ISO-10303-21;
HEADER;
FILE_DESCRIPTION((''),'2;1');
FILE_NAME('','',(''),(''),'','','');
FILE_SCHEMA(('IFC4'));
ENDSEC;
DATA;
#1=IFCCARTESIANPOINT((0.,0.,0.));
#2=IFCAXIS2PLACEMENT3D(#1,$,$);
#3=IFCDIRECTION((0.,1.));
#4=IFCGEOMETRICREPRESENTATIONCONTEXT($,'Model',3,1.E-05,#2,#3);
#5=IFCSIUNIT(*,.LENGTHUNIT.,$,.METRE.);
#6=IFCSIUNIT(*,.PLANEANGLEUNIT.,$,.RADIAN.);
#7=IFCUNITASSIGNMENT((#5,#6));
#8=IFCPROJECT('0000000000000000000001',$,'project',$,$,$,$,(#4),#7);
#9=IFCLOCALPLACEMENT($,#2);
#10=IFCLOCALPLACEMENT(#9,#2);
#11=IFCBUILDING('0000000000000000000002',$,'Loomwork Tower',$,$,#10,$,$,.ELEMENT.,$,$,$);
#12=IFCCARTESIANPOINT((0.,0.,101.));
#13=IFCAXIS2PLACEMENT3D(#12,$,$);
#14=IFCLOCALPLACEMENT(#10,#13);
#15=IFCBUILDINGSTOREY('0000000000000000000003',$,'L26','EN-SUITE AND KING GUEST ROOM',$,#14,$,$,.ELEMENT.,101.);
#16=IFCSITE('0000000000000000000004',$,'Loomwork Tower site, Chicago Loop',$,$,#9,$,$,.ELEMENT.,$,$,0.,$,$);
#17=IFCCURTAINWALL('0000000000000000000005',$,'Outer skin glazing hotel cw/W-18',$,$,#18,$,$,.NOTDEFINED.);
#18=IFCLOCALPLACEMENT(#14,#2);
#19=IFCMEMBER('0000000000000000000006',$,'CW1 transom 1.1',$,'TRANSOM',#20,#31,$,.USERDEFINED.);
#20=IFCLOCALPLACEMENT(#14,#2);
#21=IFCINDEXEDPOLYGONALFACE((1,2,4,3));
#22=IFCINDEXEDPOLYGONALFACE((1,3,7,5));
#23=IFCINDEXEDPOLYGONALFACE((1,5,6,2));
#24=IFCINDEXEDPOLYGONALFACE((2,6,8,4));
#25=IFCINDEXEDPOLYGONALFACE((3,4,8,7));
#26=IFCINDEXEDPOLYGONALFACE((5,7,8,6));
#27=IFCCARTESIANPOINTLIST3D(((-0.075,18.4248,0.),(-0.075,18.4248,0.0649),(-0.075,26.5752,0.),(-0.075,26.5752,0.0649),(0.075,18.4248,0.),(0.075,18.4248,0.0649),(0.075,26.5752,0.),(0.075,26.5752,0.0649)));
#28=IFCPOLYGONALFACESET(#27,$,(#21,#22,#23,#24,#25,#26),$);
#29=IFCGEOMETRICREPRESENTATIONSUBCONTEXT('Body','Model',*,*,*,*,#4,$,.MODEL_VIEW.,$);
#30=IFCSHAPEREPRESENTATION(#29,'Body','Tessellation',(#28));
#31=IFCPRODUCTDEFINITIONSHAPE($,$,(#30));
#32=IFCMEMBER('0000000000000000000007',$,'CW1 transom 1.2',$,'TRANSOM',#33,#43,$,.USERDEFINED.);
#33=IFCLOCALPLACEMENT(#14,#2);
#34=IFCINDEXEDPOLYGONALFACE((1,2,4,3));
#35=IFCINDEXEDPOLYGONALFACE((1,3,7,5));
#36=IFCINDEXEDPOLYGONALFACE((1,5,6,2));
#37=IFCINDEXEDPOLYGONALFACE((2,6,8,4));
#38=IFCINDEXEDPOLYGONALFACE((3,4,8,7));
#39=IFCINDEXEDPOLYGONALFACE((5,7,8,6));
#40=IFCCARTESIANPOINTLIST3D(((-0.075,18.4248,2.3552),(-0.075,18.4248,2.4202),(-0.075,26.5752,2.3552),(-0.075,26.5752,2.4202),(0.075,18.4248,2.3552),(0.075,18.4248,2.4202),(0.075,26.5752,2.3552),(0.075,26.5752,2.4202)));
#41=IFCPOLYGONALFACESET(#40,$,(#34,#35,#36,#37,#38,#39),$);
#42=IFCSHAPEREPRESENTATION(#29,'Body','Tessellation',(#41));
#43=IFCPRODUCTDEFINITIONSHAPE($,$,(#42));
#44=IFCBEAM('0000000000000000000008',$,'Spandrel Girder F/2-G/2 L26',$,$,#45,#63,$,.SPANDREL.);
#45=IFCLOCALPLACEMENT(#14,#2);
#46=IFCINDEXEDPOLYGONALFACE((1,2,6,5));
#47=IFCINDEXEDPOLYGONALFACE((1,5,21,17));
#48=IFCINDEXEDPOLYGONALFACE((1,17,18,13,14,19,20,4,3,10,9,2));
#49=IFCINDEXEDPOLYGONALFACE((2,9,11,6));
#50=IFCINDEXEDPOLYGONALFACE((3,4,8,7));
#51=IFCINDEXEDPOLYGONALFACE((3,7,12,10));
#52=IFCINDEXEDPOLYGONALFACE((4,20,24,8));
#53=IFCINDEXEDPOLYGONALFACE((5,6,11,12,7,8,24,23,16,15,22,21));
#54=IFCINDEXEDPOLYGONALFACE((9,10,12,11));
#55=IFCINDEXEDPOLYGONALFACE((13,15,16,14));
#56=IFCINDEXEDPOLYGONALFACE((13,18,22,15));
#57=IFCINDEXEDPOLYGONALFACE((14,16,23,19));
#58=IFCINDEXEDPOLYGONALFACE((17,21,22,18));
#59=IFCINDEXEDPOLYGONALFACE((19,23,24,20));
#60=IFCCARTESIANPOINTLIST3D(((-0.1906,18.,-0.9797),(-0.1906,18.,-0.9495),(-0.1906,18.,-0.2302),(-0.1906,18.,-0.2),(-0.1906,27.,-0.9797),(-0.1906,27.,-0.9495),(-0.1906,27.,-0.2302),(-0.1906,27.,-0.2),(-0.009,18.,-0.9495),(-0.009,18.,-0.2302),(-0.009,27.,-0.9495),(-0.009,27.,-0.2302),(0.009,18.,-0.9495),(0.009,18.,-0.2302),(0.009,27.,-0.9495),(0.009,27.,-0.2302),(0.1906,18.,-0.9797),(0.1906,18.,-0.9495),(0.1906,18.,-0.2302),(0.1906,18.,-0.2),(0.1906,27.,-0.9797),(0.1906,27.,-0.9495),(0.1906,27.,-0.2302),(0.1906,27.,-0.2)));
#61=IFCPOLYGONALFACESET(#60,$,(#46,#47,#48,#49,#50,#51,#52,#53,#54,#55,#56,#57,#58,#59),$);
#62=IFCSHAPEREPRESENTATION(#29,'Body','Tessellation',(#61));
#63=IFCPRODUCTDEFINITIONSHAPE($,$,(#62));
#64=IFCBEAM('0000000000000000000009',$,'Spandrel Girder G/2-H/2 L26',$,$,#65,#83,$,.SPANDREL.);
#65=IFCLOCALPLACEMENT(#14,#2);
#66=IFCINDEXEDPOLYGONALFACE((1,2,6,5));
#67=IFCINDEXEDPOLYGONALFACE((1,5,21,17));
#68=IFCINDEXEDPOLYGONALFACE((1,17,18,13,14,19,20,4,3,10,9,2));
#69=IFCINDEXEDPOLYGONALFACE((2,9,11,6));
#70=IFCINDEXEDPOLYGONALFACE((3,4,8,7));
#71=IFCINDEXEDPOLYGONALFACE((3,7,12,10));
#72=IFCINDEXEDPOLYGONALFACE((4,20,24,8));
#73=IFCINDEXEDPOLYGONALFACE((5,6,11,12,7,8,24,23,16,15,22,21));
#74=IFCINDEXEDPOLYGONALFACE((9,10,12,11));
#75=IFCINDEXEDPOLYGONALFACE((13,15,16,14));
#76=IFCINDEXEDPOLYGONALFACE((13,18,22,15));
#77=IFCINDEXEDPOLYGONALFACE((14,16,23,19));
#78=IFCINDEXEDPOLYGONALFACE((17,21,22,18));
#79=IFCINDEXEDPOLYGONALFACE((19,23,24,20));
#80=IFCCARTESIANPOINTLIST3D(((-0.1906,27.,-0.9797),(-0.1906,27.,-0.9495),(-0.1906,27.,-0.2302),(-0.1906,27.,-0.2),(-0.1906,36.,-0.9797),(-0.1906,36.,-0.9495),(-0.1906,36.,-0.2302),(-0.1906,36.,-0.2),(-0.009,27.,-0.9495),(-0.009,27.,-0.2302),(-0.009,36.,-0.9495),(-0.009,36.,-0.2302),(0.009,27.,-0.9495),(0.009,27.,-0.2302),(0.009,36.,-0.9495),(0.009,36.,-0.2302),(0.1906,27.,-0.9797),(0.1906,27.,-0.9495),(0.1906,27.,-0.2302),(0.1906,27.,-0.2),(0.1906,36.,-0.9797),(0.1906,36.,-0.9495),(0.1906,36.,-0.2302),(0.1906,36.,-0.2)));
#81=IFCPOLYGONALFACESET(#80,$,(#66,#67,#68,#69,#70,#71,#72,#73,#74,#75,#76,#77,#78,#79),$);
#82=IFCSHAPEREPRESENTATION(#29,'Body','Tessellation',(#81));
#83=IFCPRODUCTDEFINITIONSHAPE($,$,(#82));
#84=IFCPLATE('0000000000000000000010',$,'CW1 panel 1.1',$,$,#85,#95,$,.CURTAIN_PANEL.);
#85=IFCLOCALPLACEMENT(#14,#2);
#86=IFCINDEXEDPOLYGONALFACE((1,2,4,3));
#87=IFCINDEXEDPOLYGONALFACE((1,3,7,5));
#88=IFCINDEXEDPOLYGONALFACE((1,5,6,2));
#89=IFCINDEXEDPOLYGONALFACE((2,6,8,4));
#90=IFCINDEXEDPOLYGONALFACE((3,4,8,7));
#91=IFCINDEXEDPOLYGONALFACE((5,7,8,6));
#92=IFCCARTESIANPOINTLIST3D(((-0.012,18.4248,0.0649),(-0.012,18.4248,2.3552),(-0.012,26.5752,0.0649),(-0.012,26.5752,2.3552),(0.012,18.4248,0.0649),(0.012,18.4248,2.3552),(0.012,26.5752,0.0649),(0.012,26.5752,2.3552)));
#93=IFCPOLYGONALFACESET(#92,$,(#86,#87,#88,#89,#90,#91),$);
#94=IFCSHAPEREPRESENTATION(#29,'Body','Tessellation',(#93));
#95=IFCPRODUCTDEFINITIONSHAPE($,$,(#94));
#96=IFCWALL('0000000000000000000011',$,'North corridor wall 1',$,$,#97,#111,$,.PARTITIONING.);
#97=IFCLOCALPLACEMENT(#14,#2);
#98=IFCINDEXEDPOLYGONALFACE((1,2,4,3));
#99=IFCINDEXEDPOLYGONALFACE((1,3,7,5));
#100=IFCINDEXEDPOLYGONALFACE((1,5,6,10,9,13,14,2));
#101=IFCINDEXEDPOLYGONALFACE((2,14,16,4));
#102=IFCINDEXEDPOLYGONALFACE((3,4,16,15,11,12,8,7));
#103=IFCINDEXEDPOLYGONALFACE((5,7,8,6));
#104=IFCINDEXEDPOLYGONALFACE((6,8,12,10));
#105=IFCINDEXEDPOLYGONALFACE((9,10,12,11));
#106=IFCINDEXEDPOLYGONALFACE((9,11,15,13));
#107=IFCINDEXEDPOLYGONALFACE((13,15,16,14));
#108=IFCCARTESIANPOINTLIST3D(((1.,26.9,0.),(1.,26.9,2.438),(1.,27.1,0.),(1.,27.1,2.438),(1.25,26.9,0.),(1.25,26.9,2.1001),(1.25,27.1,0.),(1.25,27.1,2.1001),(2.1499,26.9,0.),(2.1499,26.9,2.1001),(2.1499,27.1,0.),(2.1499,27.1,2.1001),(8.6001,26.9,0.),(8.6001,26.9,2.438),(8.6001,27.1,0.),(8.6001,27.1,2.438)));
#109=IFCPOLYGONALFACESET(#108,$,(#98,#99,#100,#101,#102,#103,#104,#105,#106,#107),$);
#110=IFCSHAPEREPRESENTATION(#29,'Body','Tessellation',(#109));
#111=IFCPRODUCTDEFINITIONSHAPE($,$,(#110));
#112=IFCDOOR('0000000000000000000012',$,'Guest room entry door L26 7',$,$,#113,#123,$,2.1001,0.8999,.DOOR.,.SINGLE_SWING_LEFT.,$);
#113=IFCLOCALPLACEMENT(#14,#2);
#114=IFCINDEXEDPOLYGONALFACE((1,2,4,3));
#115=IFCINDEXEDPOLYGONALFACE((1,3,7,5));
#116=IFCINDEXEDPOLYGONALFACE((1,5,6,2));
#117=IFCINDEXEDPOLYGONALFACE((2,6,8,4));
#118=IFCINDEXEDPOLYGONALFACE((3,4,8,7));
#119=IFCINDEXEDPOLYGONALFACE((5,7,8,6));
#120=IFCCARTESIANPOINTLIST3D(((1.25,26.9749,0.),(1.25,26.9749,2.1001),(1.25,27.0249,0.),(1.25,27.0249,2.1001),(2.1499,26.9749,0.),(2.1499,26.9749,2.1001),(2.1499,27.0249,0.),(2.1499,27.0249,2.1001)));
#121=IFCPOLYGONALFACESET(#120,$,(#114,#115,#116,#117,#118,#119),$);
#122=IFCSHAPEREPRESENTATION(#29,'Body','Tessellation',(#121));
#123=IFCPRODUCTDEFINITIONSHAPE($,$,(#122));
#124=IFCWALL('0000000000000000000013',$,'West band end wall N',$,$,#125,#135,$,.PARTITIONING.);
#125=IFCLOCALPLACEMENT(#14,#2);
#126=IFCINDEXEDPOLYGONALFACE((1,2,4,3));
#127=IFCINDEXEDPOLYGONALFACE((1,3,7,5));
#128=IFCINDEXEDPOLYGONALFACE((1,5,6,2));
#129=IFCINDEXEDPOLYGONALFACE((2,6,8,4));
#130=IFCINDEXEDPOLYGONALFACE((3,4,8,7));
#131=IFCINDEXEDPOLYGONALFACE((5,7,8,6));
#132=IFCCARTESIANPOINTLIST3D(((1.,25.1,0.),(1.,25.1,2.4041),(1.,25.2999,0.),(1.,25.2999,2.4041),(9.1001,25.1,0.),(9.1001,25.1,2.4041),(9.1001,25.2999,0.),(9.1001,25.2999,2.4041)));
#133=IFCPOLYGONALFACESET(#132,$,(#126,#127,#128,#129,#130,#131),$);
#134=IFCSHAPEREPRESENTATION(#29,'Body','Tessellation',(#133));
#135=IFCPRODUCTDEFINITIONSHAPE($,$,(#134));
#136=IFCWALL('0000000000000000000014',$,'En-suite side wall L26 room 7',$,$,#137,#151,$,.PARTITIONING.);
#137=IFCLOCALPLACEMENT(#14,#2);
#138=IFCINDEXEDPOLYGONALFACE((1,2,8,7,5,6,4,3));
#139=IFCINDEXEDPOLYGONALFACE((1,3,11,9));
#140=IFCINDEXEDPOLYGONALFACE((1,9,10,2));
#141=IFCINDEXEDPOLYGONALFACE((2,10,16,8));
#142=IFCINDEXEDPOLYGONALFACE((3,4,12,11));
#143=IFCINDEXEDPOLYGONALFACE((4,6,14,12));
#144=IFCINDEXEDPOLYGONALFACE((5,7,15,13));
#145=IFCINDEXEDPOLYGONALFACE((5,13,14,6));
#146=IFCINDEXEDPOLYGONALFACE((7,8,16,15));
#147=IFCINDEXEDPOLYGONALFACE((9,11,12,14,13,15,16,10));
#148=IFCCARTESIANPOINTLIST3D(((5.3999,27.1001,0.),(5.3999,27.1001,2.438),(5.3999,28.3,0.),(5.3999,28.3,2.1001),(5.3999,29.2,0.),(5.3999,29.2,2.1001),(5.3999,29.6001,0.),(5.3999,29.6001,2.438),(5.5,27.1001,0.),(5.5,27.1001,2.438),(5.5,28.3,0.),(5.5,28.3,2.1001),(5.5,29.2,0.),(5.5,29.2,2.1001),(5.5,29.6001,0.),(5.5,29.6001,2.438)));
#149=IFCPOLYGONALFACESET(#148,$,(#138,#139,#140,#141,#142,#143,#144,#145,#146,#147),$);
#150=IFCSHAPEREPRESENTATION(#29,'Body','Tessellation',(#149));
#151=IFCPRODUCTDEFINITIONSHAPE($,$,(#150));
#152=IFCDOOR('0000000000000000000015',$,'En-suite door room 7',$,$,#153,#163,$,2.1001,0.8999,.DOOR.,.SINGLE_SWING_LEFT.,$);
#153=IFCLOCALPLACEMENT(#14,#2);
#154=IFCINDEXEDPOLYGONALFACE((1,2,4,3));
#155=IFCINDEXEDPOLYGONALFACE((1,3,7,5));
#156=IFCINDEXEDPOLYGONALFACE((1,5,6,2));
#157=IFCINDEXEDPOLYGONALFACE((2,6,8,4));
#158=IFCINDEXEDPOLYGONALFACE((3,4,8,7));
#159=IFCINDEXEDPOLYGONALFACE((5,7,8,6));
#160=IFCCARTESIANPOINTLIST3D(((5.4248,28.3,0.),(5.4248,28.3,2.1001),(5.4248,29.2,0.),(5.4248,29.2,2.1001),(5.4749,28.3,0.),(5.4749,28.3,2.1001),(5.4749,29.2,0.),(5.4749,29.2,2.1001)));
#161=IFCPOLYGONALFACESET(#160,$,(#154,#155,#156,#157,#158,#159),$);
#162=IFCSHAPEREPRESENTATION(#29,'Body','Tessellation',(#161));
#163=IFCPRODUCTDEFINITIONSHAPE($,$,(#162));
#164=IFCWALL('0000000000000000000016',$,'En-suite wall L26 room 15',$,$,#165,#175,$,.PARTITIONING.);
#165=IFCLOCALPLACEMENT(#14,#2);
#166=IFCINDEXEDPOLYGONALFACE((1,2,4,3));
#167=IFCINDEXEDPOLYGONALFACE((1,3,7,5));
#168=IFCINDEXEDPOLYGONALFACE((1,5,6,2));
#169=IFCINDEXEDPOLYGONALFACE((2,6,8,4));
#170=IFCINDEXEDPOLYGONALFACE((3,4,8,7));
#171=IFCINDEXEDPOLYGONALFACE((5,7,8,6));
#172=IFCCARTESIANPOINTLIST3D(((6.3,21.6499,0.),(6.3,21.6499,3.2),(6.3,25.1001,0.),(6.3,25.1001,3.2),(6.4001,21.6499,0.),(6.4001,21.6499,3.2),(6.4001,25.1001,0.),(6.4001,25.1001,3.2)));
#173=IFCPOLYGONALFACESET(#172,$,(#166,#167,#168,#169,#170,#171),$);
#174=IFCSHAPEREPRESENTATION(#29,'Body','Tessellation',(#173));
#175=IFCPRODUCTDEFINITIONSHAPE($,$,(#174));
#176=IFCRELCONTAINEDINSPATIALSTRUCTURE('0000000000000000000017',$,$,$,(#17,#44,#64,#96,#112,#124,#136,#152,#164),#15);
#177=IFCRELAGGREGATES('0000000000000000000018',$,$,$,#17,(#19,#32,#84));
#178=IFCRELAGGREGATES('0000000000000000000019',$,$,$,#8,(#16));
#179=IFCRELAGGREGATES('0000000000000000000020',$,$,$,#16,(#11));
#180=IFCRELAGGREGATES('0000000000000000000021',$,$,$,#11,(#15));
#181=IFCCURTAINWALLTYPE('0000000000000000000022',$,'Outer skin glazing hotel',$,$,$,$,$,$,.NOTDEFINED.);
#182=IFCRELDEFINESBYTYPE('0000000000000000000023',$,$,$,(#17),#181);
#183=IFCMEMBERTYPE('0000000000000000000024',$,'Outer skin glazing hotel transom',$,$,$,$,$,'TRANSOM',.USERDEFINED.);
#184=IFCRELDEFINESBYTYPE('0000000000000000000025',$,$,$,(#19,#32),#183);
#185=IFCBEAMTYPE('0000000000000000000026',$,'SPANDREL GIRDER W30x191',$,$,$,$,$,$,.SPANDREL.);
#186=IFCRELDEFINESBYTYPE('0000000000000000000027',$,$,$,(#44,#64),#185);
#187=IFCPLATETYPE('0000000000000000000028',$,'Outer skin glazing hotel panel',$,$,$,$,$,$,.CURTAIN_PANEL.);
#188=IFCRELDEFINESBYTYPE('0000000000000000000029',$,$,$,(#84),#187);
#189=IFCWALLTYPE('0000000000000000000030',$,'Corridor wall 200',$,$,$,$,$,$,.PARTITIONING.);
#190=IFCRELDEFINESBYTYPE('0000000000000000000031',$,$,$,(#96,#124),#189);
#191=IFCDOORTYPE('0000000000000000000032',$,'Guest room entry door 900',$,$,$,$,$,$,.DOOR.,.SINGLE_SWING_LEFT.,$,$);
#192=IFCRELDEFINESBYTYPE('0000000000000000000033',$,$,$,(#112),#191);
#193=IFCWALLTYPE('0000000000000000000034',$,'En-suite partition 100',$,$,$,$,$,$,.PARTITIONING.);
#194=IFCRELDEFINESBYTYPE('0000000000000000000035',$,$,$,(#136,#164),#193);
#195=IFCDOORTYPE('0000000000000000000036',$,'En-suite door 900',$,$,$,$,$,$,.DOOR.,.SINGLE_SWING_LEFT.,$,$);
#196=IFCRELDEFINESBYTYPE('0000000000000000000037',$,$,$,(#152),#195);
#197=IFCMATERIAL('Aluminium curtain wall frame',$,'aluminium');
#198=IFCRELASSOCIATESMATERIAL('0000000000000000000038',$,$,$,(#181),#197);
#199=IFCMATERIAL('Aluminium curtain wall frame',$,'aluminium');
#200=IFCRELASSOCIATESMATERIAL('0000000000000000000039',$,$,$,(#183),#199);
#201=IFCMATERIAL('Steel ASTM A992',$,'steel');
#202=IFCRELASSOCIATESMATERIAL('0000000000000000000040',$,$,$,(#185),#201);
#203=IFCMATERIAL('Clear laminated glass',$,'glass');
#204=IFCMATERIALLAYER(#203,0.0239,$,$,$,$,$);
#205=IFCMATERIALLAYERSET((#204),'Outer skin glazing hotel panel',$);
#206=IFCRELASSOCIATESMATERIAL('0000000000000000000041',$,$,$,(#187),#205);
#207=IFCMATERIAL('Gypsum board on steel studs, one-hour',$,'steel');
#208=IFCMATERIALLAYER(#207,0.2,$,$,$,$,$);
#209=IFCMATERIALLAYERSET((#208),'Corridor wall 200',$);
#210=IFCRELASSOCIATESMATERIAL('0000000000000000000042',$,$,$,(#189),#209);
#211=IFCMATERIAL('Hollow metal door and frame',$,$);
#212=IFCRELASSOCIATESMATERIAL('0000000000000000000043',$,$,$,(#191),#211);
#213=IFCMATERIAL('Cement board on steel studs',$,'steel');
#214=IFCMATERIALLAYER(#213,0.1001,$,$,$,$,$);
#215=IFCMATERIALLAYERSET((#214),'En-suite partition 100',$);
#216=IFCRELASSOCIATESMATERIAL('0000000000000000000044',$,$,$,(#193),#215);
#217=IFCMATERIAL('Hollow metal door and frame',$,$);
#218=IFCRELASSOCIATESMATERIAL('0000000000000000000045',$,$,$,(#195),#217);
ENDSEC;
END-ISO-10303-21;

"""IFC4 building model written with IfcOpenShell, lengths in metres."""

from ifc_helpers import new_model, si_unit, direction, frame, frame_2d, origin, origin_2d, place, context, subcontext, project, spatial, rectangle, i_section, extrude, material, layer, layer_set, material_profile, profile_set, type_object, element, fill, aggregate, save


model = new_model("IFC4")

# Units and contexts
model_context = context("Model", 3, precision=1e-05, world=origin(), true_north=direction((0.0, 1.0)))
body_context = subcontext(model_context, "Body", "Model", "MODEL_VIEW")
ifc_project = project(units=[si_unit("LENGTHUNIT", "METRE"), si_unit("PLANEANGLEUNIT", "RADIAN")], contexts=[model_context])

# Site, building, storey
site_placement = place(None, origin())
site = spatial("IfcSite", under=ifc_project, at=site_placement, Name="Loomwork Tower site, Chicago Loop", CompositionType="ELEMENT", RefElevation=0.0)
building_placement = place(site_placement, origin())
building = spatial("IfcBuilding", under=site, at=building_placement, Name="Loomwork Tower", CompositionType="ELEMENT")
storey_placement = place(building_placement, frame((0.0, 0.0, 101.0)))
storey = spatial("IfcBuildingStorey", under=building, at=storey_placement, Name="L26", Description="EN-SUITE AND KING GUEST ROOM", CompositionType="ELEMENT", Elevation=101.0)

# Shared definitions
ifc_material_1 = material(Name="Aluminium curtain wall frame", Category="aluminium")
curtain_wall_type = type_object("IfcCurtainWallType", Name="Outer skin glazing hotel", PredefinedType="NOTDEFINED", material=ifc_material_1)

# Curtain wall
curtain_wall_1_placement = place(storey_placement, origin())
curtain_wall_1 = element("IfcCurtainWall", 1, at=curtain_wall_1_placement, inside=storey, type_object=curtain_wall_type, Name="Outer skin glazing hotel cw/W-18", PredefinedType="NOTDEFINED")

# Members
ifc_material_2 = material(Name="Aluminium curtain wall frame", Category="aluminium")
ifc_material_profile_1 = material_profile(ifc_material_2, rectangle(XDim=0.1499, YDim=0.0649, at=origin_2d()), Name="AL 65x150")
ifc_profile_set_1 = profile_set([ifc_material_profile_1], Name="Aluminium curtain wall frame")
member_type_1 = type_object("IfcMemberType", Name="Outer skin glazing hotel transom", ElementType="TRANSOM", PredefinedType="USERDEFINED", material=ifc_profile_set_1)
member_1_placement = place(storey_placement, frame((0.0, 26.5752, 0.0325), z_axis=(0.0, -1.0, 0.0), x_axis=(1.0, 0.0, 0.0)))
member_1 = element("IfcMember", 2, at=member_1_placement, type_object=member_type_1, Name="CW1 transom 1.1", ObjectType="TRANSOM", PredefinedType="USERDEFINED", context=body_context, shape_type="SweptSolid", body=[
    extrude(rectangle(XDim=0.1499, YDim=0.0649, at=origin_2d()), origin(), (0.0, 0.0, 1.0), 8.1504),
])
member_2_placement = place(storey_placement, frame((0.0, 26.5752, 2.3877), z_axis=(0.0, -1.0, 0.0), x_axis=(1.0, 0.0, 0.0)))
member_2 = element("IfcMember", 3, at=member_2_placement, type_object=member_type_1, Name="CW1 transom 1.2", ObjectType="TRANSOM", PredefinedType="USERDEFINED", context=body_context, shape_type="SweptSolid", body=[
    extrude(rectangle(XDim=0.1499, YDim=0.0649, at=origin_2d()), origin(), (0.0, 0.0, 1.0), 8.1504),
])

# Beams
ifc_material_3 = material(Name="Steel ASTM A992", Category="steel")
ifc_material_profile_2 = material_profile(ifc_material_3, i_section(OverallWidth=0.3811, OverallDepth=0.7798, WebThickness=0.0181, FlangeThickness=0.0303, at=origin_2d()), Name="W30x191")
ifc_profile_set_2 = profile_set([ifc_material_profile_2], Name="Steel ASTM A992")
beam_type_1 = type_object("IfcBeamType", Name="SPANDREL GIRDER W30x191", PredefinedType="SPANDREL", material=ifc_profile_set_2)
for number, where, z_axis, x_axis, name in (
    (4, (0.0, 18.0, -0.5898), (0.0, 1.0, 0.0), (-1.0, 0.0, 0.0), "Spandrel Girder F/2-G/2 L26"),
    (5, (0.0, 27.0, -0.5898), (0.0, 1.0, 0.0), (-1.0, 0.0, 0.0), "Spandrel Girder G/2-H/2 L26"),
):
    element("IfcBeam", number, at=place(storey_placement, frame(where, z_axis=z_axis, x_axis=x_axis)), inside=storey, type_object=beam_type_1, Name=name, PredefinedType="SPANDREL", context=body_context, shape_type="SweptSolid", body=[
        extrude(i_section(OverallWidth=0.3811, OverallDepth=0.7798, WebThickness=0.0181, FlangeThickness=0.0303, at=origin_2d()), origin(), (0.0, 0.0, 1.0), 9.0),
    ])

# Plate
ifc_material_4 = material(Name="Clear laminated glass", Category="glass")
ifc_layer_1 = layer(ifc_material_4, 0.0239)
ifc_layer_set_1 = layer_set([ifc_layer_1], Name="Outer skin glazing hotel panel")
plate_type = type_object("IfcPlateType", Name="Outer skin glazing hotel panel", PredefinedType="CURTAIN_PANEL", material=ifc_layer_set_1)
plate_placement = place(storey_placement, frame((0.0, 22.5, 0.0649), z_axis=(0.0, 0.0, 1.0), x_axis=(0.0, -1.0, 0.0)))
plate = element("IfcPlate", 6, at=plate_placement, type_object=plate_type, Name="CW1 panel 1.1", PredefinedType="CURTAIN_PANEL", context=body_context, shape_type="SweptSolid", body=[
    extrude(rectangle(XDim=8.1504, YDim=0.0239, at=origin_2d()), origin(), (0.0, 0.0, 1.0), 2.2903),
])
aggregate(curtain_wall_1, [member_1, member_2, plate])

# Wall, opening, door
ifc_material_5 = material(Name="Gypsum board on steel studs, one-hour", Category="steel")
ifc_layer_2 = layer(ifc_material_5, 0.2)
ifc_layer_set_2 = layer_set([ifc_layer_2], Name="Corridor wall 200")
wall_type_1 = type_object("IfcWallType", Name="Corridor wall 200", PredefinedType="PARTITIONING", material=ifc_layer_set_2)
wall_1_placement = place(storey_placement, frame((1.0, 27.0, 0.0), z_axis=(0.0, 0.0, 1.0), x_axis=(1.0, 0.0, 0.0)))
wall_1 = element("IfcWall", 7, at=wall_1_placement, inside=storey, type_object=wall_type_1, Name="North corridor wall 1", PredefinedType="PARTITIONING", context=body_context, shape_type="SweptSolid", body=[
    extrude(rectangle(XDim=7.6001, YDim=0.2, at=frame_2d((3.8, 0.0))), origin(), (0.0, 0.0, 1.0), 2.438),
])
opening_1_placement = place(wall_1_placement, frame((0.25, 0.0, 0.0)))
opening_1 = element("IfcOpeningElement", 8, at=opening_1_placement, cuts=wall_1, PredefinedType="OPENING", context=body_context, shape_type="SweptSolid", body=[
    extrude(rectangle(XDim=0.8999, YDim=2.1001, at=frame_2d((0.45, 1.05))), frame((0.0, 0.1099, 0.0), z_axis=(0.0, -1.0, 0.0), x_axis=(1.0, 0.0, 0.0)), (0.0, 0.0, 1.0), 0.22),
])
ifc_material_6 = material(Name="Hollow metal door and frame")
door_type_1 = type_object("IfcDoorType", Name="Guest room entry door 900", OperationType="SINGLE_SWING_LEFT", PredefinedType="DOOR", material=ifc_material_6)
door_1_placement = place(opening_1_placement, origin())
door_1 = element("IfcDoor", 9, at=door_1_placement, inside=storey, type_object=door_type_1, Name="Guest room entry door L26 7", OperationType="SINGLE_SWING_LEFT", OverallHeight=2.1001, OverallWidth=0.8999, PredefinedType="DOOR", context=body_context, shape_type="SweptSolid", body=[
    extrude(rectangle(XDim=0.8999, YDim=2.1001, at=frame_2d((0.45, 1.05))), frame((0.0, 0.0249, 0.0), z_axis=(0.0, -1.0, 0.0), x_axis=(1.0, 0.0, 0.0)), (0.0, 0.0, 1.0), 0.05),
])
fill(opening_1, door_1)

# Wall
wall_2_placement = place(storey_placement, frame((1.0, 25.2, 0.0), z_axis=(0.0, 0.0, 1.0), x_axis=(1.0, 0.0, 0.0)))
element("IfcWall", 10, at=wall_2_placement, inside=storey, type_object=wall_type_1, Name="West band end wall N", PredefinedType="PARTITIONING", context=body_context, shape_type="SweptSolid", body=[
    extrude(rectangle(XDim=8.1001, YDim=0.2, at=frame_2d((4.05, 0.0))), origin(), (0.0, 0.0, 1.0), 2.4041),
])

# Wall, opening, door
ifc_material_7 = material(Name="Cement board on steel studs", Category="steel")
ifc_layer_3 = layer(ifc_material_7, 0.1001)
ifc_layer_set_3 = layer_set([ifc_layer_3], Name="En-suite partition 100")
wall_type_2 = type_object("IfcWallType", Name="En-suite partition 100", PredefinedType="PARTITIONING", material=ifc_layer_set_3)
wall_3_placement = place(storey_placement, frame((5.45, 27.1001, 0.0), z_axis=(0.0, 0.0, 1.0), x_axis=(0.0, 1.0, 0.0)))
wall_3 = element("IfcWall", 11, at=wall_3_placement, inside=storey, type_object=wall_type_2, Name="En-suite side wall L26 room 7", PredefinedType="PARTITIONING", context=body_context, shape_type="SweptSolid", body=[
    extrude(rectangle(XDim=2.5, YDim=0.1001, at=frame_2d((1.25, 0.0))), origin(), (0.0, 0.0, 1.0), 2.438),
])
opening_2_placement = place(wall_3_placement, frame((1.2, 0.0, 0.0)))
opening_2 = element("IfcOpeningElement", 12, at=opening_2_placement, cuts=wall_3, PredefinedType="OPENING", context=body_context, shape_type="SweptSolid", body=[
    extrude(rectangle(XDim=0.8999, YDim=2.1001, at=frame_2d((0.45, 1.05))), frame((0.0, 0.0601, 0.0), z_axis=(0.0, -1.0, 0.0), x_axis=(1.0, 0.0, 0.0)), (0.0, 0.0, 1.0), 0.1201),
])
ifc_material_8 = material(Name="Hollow metal door and frame")
door_type_2 = type_object("IfcDoorType", Name="En-suite door 900", OperationType="SINGLE_SWING_LEFT", PredefinedType="DOOR", material=ifc_material_8)
door_2_placement = place(opening_2_placement, frame((0.8999, 0.0, 0.0), z_axis=(0.0, 0.0, 1.0), x_axis=(-1.0, 0.0, 0.0)))
door_2 = element("IfcDoor", 13, at=door_2_placement, inside=storey, type_object=door_type_2, Name="En-suite door room 7", OperationType="SINGLE_SWING_LEFT", OverallHeight=2.1001, OverallWidth=0.8999, PredefinedType="DOOR", context=body_context, shape_type="SweptSolid", body=[
    extrude(rectangle(XDim=0.8999, YDim=2.1001, at=frame_2d((0.45, 1.05))), frame((0.0, 0.0249, 0.0), z_axis=(0.0, -1.0, 0.0), x_axis=(1.0, 0.0, 0.0)), (0.0, 0.0, 1.0), 0.05),
])
fill(opening_2, door_2)

# Wall
wall_4_placement = place(storey_placement, frame((6.3501, 21.6499, 0.0), z_axis=(0.0, 0.0, 1.0), x_axis=(0.0, 1.0, 0.0)))
element("IfcWall", 14, at=wall_4_placement, inside=storey, type_object=wall_type_2, Name="En-suite wall L26 room 15", PredefinedType="PARTITIONING", context=body_context, shape_type="SweptSolid", body=[
    extrude(rectangle(XDim=3.4502, YDim=0.1001, at=frame_2d((1.7251, 0.0))), origin(), (0.0, 0.0, 1.0), 3.2),
])

save(model, "model.ifc")
